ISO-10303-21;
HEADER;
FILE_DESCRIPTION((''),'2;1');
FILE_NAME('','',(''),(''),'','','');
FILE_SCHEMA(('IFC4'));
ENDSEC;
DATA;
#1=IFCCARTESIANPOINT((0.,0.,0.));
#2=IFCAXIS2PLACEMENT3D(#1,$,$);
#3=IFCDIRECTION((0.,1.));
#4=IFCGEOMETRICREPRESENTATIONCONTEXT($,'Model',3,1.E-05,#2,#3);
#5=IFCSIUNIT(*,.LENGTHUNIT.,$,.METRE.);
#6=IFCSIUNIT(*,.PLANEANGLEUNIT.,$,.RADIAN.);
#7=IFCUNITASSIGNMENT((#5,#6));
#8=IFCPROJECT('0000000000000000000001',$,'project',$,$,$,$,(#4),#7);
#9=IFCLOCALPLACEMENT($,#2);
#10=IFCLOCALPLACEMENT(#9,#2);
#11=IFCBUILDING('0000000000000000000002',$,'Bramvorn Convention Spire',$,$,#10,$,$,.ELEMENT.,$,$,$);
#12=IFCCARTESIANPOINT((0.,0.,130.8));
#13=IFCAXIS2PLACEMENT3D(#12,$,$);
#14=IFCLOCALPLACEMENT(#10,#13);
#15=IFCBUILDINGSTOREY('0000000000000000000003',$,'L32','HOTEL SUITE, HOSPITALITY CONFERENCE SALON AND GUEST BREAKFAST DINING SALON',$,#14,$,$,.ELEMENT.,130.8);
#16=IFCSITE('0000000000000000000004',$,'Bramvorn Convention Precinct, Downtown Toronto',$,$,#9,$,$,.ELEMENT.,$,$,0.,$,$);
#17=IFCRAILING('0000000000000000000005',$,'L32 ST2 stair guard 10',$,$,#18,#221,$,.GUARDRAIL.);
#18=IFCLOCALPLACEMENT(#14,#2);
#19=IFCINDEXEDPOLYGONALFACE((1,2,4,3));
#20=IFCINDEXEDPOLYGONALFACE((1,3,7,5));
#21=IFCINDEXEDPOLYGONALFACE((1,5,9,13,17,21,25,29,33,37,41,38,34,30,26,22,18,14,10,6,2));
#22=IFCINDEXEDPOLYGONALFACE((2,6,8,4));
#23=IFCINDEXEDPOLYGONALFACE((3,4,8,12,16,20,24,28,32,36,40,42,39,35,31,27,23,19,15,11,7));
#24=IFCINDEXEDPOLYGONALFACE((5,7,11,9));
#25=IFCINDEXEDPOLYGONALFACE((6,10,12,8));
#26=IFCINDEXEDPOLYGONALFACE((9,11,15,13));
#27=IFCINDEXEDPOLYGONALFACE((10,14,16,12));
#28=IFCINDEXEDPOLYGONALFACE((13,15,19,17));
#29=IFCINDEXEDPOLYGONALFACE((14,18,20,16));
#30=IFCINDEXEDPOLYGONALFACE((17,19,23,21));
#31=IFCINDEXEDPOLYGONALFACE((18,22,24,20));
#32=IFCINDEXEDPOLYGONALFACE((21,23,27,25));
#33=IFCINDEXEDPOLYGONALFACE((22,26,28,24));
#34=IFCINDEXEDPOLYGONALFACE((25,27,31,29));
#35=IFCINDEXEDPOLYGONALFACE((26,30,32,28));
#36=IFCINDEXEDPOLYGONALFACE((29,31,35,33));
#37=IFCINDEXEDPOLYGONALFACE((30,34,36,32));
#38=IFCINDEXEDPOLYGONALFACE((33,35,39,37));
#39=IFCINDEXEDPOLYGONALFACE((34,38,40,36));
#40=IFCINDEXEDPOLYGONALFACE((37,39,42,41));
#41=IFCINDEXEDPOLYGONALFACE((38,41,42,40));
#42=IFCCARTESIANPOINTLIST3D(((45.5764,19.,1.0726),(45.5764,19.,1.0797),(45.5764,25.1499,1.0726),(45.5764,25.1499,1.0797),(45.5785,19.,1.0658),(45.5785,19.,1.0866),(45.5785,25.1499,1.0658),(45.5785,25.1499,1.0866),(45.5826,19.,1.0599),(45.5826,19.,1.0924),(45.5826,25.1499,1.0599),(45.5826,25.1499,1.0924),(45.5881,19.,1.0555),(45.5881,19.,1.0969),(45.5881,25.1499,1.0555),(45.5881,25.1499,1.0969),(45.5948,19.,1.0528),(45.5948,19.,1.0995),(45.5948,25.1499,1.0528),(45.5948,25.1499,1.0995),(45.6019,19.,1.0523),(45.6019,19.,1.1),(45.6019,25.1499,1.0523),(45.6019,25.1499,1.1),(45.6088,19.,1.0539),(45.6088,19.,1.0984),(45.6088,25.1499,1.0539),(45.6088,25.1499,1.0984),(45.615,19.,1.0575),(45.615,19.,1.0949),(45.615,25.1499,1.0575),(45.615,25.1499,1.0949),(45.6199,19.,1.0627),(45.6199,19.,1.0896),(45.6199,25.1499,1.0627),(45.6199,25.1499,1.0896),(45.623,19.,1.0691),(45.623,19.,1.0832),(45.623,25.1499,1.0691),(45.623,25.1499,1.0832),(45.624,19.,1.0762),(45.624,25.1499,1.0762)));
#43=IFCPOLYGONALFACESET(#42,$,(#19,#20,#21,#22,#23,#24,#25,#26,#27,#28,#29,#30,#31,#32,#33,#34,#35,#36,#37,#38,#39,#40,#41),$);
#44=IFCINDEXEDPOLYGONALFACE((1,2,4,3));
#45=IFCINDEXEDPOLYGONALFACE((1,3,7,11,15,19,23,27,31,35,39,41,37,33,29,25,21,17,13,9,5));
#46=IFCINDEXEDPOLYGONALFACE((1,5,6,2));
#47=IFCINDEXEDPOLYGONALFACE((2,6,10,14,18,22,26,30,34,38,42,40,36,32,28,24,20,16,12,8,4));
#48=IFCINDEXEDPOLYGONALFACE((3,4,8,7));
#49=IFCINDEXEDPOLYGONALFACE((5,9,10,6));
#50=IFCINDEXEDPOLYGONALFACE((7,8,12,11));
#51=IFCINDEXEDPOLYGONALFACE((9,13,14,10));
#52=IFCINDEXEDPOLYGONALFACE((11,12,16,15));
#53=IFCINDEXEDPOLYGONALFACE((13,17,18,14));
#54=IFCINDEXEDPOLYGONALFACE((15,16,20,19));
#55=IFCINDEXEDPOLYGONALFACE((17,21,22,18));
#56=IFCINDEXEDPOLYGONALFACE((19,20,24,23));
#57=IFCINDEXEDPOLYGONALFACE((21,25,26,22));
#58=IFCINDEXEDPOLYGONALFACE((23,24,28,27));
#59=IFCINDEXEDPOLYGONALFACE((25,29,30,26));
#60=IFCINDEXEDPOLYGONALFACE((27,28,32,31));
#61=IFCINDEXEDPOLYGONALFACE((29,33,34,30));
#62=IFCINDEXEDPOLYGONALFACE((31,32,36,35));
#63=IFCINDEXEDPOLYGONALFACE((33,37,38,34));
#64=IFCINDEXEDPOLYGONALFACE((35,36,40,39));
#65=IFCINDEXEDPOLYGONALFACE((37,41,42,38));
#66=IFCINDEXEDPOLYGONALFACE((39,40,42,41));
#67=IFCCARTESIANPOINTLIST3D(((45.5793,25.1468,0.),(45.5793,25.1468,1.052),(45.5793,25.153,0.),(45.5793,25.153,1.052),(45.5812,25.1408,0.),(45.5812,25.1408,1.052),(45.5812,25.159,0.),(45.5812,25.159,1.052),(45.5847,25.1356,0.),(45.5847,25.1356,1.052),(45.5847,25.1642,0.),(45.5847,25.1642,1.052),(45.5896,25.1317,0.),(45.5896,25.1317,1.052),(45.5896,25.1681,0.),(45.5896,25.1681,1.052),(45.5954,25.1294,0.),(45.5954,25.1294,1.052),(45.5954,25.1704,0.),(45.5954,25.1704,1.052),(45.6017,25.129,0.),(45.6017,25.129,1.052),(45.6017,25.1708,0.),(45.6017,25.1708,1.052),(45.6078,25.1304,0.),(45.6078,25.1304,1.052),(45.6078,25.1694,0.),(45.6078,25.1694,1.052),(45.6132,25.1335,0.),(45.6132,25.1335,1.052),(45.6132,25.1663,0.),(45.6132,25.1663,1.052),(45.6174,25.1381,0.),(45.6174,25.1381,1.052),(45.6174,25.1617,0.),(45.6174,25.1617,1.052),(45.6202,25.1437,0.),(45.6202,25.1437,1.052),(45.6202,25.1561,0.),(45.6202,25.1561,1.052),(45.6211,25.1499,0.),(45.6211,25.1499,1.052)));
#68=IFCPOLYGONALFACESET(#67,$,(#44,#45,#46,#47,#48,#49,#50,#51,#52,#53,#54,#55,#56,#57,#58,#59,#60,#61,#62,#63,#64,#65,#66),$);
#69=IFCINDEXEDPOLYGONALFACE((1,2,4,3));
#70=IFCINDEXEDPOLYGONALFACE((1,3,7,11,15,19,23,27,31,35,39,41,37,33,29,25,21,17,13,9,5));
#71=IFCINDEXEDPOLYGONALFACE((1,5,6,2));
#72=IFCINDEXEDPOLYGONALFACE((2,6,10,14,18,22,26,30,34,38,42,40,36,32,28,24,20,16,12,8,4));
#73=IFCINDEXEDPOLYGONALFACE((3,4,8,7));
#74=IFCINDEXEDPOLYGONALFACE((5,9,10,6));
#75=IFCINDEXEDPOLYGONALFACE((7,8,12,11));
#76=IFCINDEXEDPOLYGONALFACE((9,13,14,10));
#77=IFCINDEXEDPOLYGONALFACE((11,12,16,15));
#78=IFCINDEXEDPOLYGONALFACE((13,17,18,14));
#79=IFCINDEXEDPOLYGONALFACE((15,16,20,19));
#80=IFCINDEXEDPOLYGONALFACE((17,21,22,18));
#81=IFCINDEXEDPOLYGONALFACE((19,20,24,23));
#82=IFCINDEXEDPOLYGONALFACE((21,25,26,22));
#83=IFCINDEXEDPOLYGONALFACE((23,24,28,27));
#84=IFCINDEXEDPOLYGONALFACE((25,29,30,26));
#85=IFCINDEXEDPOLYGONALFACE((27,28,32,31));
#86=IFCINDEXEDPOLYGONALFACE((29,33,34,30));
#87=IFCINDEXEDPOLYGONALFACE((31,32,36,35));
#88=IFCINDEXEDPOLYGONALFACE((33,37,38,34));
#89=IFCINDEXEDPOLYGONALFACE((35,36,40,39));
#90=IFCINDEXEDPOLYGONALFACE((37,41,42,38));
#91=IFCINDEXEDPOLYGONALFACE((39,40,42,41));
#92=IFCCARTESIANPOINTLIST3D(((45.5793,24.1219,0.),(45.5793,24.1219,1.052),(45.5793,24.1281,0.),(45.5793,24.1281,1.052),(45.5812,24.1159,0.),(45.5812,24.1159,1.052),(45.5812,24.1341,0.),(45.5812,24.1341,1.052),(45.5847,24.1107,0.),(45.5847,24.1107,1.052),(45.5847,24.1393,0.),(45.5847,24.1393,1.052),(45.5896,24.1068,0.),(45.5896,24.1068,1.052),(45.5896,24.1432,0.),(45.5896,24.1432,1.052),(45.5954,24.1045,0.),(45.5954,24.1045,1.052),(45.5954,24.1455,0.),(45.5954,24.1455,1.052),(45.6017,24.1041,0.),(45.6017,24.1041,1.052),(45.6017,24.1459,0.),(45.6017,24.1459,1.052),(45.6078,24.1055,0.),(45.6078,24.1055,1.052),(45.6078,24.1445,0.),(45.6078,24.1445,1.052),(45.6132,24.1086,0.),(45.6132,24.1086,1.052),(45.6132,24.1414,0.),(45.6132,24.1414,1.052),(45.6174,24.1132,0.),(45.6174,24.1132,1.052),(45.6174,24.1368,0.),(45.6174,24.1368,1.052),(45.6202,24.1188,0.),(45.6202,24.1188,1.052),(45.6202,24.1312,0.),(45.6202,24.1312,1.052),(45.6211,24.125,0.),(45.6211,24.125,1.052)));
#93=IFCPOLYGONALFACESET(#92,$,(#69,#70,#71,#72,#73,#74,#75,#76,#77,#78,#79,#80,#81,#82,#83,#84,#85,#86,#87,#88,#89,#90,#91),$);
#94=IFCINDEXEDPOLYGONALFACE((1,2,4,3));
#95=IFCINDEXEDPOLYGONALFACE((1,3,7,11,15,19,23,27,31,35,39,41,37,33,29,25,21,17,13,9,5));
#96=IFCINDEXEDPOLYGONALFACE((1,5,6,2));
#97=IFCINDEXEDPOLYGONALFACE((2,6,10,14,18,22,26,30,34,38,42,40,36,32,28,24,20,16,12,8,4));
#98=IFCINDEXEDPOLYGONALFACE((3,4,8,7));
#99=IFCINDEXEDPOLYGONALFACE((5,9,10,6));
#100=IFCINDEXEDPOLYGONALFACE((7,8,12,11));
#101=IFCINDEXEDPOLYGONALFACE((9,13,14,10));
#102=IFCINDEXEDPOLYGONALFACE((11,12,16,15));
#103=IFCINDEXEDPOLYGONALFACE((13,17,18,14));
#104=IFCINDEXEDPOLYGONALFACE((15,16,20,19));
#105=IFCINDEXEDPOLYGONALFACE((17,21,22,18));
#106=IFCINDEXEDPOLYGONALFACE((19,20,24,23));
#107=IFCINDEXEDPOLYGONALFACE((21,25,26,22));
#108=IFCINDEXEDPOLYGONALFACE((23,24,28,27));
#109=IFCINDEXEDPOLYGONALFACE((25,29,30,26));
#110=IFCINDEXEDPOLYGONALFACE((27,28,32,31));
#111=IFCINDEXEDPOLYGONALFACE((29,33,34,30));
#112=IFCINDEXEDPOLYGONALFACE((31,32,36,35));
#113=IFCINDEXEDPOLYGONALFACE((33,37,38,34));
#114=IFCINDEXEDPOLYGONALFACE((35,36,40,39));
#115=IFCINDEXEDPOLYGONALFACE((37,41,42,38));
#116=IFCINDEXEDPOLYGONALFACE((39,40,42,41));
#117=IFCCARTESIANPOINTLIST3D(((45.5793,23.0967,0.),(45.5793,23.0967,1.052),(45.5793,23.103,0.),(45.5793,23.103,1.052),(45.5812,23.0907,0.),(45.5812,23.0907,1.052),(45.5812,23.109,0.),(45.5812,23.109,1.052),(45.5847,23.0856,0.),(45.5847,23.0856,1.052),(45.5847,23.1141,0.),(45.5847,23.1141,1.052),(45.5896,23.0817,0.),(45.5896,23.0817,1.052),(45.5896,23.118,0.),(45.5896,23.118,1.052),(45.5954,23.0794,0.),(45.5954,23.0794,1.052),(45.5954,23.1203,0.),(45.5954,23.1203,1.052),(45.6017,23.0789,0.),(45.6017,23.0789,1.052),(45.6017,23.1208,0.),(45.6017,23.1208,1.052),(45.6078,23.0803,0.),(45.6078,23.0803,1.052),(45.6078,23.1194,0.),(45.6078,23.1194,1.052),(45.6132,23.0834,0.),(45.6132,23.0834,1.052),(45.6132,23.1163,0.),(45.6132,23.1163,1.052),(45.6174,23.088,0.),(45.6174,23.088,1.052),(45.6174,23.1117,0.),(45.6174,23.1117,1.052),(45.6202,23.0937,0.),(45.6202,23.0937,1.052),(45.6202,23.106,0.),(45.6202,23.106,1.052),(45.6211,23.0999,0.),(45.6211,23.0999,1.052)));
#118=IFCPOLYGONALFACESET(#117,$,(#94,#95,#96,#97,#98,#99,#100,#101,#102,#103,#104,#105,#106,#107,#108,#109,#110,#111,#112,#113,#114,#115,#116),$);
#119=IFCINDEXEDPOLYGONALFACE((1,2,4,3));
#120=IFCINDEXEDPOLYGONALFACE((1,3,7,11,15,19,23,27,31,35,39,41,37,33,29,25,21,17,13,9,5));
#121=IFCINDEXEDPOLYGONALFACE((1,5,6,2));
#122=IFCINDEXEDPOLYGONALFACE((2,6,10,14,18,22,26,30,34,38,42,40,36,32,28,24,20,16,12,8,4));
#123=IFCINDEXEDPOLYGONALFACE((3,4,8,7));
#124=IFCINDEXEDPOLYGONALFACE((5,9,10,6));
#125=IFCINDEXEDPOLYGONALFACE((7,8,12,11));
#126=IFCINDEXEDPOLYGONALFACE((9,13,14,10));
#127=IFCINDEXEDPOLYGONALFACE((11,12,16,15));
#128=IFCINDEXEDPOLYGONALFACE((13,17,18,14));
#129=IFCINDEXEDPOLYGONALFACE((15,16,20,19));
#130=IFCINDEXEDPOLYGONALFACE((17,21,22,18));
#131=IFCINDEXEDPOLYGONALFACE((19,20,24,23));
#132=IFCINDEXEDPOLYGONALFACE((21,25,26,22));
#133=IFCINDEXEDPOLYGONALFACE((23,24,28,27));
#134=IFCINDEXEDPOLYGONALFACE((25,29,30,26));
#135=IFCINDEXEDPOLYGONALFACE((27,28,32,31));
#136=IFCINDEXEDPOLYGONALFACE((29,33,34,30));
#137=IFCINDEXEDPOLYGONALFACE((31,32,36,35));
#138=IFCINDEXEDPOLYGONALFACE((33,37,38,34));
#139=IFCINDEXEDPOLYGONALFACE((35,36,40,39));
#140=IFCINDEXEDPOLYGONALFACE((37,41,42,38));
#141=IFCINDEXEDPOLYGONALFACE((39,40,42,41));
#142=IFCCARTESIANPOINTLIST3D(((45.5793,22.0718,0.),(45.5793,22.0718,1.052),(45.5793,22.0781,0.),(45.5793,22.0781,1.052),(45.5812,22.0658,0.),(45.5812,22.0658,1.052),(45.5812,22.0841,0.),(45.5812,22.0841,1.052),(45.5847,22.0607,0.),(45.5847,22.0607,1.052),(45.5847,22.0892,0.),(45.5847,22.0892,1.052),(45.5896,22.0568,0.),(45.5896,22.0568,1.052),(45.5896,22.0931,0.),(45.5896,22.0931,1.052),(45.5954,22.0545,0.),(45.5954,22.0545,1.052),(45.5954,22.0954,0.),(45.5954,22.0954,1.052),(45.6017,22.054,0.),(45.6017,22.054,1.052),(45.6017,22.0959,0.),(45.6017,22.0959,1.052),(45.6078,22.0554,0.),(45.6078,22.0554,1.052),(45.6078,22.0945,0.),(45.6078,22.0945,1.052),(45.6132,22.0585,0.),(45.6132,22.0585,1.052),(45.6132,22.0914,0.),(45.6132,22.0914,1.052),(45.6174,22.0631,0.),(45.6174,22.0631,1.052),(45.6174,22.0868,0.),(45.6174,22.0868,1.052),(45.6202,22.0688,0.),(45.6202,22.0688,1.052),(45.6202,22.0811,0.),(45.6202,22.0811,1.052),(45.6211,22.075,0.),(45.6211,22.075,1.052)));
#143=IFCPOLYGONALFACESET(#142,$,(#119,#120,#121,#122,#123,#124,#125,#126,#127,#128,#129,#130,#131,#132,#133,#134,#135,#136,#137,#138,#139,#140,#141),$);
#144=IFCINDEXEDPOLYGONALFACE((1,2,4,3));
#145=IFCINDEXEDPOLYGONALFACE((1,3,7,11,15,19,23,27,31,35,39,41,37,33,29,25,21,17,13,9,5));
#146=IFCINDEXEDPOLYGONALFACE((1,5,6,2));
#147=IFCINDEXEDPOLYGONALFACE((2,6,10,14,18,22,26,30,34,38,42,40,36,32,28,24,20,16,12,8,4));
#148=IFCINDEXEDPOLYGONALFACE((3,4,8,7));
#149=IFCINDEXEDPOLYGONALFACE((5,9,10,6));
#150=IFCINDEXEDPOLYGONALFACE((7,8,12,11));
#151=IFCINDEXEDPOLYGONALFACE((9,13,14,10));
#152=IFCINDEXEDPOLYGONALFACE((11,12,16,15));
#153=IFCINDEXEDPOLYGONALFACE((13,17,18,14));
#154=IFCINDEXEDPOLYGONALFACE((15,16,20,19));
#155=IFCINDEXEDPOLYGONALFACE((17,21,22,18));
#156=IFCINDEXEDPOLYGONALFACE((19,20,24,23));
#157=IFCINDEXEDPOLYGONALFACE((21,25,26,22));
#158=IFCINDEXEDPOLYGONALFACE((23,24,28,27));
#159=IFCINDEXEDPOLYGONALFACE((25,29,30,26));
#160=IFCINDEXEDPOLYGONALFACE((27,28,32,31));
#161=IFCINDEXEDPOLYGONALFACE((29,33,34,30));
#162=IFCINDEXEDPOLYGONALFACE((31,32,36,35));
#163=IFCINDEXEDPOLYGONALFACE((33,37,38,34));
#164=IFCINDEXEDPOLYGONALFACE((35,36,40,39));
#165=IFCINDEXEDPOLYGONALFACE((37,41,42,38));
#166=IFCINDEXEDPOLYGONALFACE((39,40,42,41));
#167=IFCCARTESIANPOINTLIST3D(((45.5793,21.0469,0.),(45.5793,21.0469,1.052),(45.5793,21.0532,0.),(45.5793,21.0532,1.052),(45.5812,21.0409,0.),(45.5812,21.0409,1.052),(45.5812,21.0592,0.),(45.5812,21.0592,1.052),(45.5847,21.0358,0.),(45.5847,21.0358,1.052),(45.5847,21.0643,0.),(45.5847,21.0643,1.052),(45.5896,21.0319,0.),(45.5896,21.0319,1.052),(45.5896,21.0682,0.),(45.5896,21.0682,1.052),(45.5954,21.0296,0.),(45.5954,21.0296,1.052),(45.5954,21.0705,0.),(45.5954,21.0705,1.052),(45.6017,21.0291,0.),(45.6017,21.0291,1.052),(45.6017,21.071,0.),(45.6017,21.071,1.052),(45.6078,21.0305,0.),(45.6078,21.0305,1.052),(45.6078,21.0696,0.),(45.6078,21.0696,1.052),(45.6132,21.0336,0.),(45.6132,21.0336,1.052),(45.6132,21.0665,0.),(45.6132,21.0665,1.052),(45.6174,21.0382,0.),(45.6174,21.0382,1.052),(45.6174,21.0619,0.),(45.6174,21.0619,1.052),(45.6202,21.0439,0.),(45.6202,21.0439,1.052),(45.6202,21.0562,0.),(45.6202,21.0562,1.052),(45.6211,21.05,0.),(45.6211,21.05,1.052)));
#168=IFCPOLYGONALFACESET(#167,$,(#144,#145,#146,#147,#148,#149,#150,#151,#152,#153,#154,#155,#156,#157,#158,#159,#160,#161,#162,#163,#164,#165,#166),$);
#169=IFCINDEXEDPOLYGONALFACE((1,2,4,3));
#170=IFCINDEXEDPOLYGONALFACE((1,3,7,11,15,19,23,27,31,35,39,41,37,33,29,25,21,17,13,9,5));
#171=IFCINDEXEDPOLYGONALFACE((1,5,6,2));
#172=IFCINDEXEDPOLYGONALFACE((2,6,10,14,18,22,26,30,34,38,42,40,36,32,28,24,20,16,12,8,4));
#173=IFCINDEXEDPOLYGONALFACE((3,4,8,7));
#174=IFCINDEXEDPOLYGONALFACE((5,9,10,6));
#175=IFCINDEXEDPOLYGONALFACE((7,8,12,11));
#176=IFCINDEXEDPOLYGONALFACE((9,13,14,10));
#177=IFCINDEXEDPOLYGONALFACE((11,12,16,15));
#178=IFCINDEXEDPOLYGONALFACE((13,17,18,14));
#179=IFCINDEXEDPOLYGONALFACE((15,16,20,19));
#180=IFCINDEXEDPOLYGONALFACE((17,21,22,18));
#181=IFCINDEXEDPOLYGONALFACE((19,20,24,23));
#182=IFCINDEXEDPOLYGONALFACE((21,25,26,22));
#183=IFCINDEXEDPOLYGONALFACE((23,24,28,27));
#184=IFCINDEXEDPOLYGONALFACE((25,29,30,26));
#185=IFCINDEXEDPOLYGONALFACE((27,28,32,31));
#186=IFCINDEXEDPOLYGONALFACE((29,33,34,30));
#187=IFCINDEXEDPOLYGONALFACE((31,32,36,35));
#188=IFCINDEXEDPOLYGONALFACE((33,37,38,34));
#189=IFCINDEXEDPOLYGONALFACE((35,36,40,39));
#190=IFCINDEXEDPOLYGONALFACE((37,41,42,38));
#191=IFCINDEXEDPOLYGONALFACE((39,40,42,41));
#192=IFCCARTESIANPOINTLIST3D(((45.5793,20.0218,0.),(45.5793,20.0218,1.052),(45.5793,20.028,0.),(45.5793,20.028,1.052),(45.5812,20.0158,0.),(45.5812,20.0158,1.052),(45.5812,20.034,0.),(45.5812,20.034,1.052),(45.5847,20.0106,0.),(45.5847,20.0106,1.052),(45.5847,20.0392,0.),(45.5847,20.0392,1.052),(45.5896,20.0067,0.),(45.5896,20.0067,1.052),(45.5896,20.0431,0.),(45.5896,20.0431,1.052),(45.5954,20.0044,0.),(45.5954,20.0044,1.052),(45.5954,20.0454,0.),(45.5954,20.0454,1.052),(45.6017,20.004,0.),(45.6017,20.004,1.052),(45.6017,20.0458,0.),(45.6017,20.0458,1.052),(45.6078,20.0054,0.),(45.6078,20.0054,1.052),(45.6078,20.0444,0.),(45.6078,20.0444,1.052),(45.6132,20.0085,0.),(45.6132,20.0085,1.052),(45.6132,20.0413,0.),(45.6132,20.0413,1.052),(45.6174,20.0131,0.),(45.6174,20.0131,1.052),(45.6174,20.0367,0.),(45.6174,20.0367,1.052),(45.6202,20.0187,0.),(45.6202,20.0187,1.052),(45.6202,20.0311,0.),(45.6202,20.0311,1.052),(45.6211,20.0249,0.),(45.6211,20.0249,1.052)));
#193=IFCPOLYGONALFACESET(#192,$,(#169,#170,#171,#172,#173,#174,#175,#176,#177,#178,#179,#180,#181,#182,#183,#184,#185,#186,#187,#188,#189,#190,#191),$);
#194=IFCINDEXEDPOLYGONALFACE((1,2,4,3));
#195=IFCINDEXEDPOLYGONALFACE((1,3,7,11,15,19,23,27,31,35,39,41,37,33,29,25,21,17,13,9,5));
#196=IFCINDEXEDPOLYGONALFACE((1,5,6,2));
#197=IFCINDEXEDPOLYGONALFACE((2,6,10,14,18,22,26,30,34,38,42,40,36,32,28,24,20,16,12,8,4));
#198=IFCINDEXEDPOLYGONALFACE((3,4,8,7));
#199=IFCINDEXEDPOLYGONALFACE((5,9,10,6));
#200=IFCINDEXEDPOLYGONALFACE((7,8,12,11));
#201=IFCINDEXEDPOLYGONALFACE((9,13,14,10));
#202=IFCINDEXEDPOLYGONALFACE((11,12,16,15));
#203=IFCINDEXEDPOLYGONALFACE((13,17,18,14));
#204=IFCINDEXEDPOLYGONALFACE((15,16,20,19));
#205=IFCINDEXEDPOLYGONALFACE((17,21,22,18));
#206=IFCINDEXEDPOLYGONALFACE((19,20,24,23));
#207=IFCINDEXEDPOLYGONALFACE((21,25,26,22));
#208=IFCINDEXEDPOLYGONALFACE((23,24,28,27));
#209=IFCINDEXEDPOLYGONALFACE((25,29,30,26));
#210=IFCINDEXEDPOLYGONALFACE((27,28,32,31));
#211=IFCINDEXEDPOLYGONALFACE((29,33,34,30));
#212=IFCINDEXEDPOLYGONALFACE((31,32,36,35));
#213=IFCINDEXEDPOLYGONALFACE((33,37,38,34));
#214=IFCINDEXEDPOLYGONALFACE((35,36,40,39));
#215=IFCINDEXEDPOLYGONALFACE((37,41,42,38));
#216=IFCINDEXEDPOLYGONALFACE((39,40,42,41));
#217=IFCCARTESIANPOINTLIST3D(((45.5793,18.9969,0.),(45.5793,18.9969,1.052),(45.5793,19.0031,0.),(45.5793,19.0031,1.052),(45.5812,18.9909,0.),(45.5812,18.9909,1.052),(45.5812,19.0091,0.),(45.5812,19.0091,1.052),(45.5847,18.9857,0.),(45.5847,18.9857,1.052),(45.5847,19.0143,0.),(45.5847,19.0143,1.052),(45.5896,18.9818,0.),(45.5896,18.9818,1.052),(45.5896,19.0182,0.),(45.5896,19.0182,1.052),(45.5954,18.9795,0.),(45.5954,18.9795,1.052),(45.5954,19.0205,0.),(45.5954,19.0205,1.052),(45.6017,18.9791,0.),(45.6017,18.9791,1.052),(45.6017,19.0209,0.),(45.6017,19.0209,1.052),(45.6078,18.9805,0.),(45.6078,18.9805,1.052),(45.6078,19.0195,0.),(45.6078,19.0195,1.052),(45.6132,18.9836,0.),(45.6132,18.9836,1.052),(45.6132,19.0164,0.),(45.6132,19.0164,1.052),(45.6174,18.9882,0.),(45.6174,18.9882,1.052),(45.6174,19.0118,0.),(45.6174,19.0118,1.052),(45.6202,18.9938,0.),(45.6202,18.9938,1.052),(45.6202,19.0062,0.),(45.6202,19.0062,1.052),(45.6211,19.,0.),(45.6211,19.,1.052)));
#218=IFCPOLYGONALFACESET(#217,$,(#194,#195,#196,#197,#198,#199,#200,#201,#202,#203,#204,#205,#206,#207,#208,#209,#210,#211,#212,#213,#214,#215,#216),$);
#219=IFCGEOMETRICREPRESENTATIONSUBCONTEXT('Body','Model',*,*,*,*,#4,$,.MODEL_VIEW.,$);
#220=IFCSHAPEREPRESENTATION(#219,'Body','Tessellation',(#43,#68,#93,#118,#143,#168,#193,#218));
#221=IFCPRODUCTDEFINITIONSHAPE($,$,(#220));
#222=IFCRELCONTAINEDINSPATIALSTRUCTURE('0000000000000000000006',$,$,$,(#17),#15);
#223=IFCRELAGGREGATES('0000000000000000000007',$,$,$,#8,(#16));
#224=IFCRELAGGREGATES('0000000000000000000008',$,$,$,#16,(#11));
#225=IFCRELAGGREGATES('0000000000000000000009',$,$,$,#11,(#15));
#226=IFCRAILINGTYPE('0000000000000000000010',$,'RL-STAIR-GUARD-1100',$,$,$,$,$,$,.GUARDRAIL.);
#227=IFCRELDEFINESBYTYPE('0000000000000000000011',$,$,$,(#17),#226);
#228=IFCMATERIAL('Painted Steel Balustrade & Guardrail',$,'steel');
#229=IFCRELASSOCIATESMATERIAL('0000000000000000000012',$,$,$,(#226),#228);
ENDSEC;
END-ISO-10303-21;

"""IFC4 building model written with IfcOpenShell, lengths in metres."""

from ifc_helpers import new_model, si_unit, direction, frame, origin, origin_2d, place, context, subcontext, project, spatial, circle, extrude, material, type_object, element, save


model = new_model("IFC4")

# Units and contexts
model_context = context("Model", 3, precision=1e-05, world=origin(), true_north=direction((0.0, 1.0)))
body_context = subcontext(model_context, "Body", "Model", "MODEL_VIEW")
ifc_project = project(units=[si_unit("LENGTHUNIT", "METRE"), si_unit("PLANEANGLEUNIT", "RADIAN")], contexts=[model_context])

# Site, building, storey
site_placement = place(None, origin())
site = spatial("IfcSite", under=ifc_project, at=site_placement, Name="Bramvorn Convention Precinct, Downtown Toronto", CompositionType="ELEMENT", RefElevation=0.0)
building_placement = place(site_placement, origin())
building = spatial("IfcBuilding", under=site, at=building_placement, Name="Bramvorn Convention Spire", CompositionType="ELEMENT")
storey_placement = place(building_placement, frame((0.0, 0.0, 130.8)))
storey = spatial("IfcBuildingStorey", under=building, at=storey_placement, Name="L32", Description="HOTEL SUITE, HOSPITALITY CONFERENCE SALON AND GUEST BREAKFAST DINING SALON", CompositionType="ELEMENT", Elevation=130.8)

# Railing
ifc_material_1 = material(Name="Painted Steel Balustrade & Guardrail", Category="steel")
railing_type_1 = type_object("IfcRailingType", Name="RL-STAIR-GUARD-1100", PredefinedType="GUARDRAIL", material=ifc_material_1)
railing_1_placement = place(storey_placement, frame((45.6001, 25.1499, 0.0)))
element("IfcRailing", 1, at=railing_1_placement, inside=storey, type_object=railing_type_1, Name="L32 ST2 stair guard 10", PredefinedType="GUARDRAIL", context=body_context, shape_type="SweptSolid", body=[
    extrude(circle(Radius=0.0239, at=origin_2d()), frame((0.0, 0.0, 1.0762), z_axis=(0.0, -1.0, 0.0), x_axis=(1.0, 0.0, 0.0)), (0.0, 0.0, 1.0), 6.1499),
    extrude(circle(Radius=0.021, at=origin_2d()), origin(), (0.0, 0.0, 1.0), 1.052),
    extrude(circle(Radius=0.021, at=origin_2d()), frame((0.0, -1.0249, 0.0)), (0.0, 0.0, 1.0), 1.052),
    extrude(circle(Radius=0.021, at=origin_2d()), frame((0.0, -2.05, 0.0)), (0.0, 0.0, 1.0), 1.052),
    extrude(circle(Radius=0.021, at=origin_2d()), frame((0.0, -3.075, 0.0)), (0.0, 0.0, 1.0), 1.052),
    extrude(circle(Radius=0.021, at=origin_2d()), frame((0.0, -4.0999, 0.0)), (0.0, 0.0, 1.0), 1.052),
    extrude(circle(Radius=0.021, at=origin_2d()), frame((0.0, -5.125, 0.0)), (0.0, 0.0, 1.0), 1.052),
    extrude(circle(Radius=0.021, at=origin_2d()), frame((0.0, -6.1499, 0.0)), (0.0, 0.0, 1.0), 1.052),
])

save(model, "model.ifc")
